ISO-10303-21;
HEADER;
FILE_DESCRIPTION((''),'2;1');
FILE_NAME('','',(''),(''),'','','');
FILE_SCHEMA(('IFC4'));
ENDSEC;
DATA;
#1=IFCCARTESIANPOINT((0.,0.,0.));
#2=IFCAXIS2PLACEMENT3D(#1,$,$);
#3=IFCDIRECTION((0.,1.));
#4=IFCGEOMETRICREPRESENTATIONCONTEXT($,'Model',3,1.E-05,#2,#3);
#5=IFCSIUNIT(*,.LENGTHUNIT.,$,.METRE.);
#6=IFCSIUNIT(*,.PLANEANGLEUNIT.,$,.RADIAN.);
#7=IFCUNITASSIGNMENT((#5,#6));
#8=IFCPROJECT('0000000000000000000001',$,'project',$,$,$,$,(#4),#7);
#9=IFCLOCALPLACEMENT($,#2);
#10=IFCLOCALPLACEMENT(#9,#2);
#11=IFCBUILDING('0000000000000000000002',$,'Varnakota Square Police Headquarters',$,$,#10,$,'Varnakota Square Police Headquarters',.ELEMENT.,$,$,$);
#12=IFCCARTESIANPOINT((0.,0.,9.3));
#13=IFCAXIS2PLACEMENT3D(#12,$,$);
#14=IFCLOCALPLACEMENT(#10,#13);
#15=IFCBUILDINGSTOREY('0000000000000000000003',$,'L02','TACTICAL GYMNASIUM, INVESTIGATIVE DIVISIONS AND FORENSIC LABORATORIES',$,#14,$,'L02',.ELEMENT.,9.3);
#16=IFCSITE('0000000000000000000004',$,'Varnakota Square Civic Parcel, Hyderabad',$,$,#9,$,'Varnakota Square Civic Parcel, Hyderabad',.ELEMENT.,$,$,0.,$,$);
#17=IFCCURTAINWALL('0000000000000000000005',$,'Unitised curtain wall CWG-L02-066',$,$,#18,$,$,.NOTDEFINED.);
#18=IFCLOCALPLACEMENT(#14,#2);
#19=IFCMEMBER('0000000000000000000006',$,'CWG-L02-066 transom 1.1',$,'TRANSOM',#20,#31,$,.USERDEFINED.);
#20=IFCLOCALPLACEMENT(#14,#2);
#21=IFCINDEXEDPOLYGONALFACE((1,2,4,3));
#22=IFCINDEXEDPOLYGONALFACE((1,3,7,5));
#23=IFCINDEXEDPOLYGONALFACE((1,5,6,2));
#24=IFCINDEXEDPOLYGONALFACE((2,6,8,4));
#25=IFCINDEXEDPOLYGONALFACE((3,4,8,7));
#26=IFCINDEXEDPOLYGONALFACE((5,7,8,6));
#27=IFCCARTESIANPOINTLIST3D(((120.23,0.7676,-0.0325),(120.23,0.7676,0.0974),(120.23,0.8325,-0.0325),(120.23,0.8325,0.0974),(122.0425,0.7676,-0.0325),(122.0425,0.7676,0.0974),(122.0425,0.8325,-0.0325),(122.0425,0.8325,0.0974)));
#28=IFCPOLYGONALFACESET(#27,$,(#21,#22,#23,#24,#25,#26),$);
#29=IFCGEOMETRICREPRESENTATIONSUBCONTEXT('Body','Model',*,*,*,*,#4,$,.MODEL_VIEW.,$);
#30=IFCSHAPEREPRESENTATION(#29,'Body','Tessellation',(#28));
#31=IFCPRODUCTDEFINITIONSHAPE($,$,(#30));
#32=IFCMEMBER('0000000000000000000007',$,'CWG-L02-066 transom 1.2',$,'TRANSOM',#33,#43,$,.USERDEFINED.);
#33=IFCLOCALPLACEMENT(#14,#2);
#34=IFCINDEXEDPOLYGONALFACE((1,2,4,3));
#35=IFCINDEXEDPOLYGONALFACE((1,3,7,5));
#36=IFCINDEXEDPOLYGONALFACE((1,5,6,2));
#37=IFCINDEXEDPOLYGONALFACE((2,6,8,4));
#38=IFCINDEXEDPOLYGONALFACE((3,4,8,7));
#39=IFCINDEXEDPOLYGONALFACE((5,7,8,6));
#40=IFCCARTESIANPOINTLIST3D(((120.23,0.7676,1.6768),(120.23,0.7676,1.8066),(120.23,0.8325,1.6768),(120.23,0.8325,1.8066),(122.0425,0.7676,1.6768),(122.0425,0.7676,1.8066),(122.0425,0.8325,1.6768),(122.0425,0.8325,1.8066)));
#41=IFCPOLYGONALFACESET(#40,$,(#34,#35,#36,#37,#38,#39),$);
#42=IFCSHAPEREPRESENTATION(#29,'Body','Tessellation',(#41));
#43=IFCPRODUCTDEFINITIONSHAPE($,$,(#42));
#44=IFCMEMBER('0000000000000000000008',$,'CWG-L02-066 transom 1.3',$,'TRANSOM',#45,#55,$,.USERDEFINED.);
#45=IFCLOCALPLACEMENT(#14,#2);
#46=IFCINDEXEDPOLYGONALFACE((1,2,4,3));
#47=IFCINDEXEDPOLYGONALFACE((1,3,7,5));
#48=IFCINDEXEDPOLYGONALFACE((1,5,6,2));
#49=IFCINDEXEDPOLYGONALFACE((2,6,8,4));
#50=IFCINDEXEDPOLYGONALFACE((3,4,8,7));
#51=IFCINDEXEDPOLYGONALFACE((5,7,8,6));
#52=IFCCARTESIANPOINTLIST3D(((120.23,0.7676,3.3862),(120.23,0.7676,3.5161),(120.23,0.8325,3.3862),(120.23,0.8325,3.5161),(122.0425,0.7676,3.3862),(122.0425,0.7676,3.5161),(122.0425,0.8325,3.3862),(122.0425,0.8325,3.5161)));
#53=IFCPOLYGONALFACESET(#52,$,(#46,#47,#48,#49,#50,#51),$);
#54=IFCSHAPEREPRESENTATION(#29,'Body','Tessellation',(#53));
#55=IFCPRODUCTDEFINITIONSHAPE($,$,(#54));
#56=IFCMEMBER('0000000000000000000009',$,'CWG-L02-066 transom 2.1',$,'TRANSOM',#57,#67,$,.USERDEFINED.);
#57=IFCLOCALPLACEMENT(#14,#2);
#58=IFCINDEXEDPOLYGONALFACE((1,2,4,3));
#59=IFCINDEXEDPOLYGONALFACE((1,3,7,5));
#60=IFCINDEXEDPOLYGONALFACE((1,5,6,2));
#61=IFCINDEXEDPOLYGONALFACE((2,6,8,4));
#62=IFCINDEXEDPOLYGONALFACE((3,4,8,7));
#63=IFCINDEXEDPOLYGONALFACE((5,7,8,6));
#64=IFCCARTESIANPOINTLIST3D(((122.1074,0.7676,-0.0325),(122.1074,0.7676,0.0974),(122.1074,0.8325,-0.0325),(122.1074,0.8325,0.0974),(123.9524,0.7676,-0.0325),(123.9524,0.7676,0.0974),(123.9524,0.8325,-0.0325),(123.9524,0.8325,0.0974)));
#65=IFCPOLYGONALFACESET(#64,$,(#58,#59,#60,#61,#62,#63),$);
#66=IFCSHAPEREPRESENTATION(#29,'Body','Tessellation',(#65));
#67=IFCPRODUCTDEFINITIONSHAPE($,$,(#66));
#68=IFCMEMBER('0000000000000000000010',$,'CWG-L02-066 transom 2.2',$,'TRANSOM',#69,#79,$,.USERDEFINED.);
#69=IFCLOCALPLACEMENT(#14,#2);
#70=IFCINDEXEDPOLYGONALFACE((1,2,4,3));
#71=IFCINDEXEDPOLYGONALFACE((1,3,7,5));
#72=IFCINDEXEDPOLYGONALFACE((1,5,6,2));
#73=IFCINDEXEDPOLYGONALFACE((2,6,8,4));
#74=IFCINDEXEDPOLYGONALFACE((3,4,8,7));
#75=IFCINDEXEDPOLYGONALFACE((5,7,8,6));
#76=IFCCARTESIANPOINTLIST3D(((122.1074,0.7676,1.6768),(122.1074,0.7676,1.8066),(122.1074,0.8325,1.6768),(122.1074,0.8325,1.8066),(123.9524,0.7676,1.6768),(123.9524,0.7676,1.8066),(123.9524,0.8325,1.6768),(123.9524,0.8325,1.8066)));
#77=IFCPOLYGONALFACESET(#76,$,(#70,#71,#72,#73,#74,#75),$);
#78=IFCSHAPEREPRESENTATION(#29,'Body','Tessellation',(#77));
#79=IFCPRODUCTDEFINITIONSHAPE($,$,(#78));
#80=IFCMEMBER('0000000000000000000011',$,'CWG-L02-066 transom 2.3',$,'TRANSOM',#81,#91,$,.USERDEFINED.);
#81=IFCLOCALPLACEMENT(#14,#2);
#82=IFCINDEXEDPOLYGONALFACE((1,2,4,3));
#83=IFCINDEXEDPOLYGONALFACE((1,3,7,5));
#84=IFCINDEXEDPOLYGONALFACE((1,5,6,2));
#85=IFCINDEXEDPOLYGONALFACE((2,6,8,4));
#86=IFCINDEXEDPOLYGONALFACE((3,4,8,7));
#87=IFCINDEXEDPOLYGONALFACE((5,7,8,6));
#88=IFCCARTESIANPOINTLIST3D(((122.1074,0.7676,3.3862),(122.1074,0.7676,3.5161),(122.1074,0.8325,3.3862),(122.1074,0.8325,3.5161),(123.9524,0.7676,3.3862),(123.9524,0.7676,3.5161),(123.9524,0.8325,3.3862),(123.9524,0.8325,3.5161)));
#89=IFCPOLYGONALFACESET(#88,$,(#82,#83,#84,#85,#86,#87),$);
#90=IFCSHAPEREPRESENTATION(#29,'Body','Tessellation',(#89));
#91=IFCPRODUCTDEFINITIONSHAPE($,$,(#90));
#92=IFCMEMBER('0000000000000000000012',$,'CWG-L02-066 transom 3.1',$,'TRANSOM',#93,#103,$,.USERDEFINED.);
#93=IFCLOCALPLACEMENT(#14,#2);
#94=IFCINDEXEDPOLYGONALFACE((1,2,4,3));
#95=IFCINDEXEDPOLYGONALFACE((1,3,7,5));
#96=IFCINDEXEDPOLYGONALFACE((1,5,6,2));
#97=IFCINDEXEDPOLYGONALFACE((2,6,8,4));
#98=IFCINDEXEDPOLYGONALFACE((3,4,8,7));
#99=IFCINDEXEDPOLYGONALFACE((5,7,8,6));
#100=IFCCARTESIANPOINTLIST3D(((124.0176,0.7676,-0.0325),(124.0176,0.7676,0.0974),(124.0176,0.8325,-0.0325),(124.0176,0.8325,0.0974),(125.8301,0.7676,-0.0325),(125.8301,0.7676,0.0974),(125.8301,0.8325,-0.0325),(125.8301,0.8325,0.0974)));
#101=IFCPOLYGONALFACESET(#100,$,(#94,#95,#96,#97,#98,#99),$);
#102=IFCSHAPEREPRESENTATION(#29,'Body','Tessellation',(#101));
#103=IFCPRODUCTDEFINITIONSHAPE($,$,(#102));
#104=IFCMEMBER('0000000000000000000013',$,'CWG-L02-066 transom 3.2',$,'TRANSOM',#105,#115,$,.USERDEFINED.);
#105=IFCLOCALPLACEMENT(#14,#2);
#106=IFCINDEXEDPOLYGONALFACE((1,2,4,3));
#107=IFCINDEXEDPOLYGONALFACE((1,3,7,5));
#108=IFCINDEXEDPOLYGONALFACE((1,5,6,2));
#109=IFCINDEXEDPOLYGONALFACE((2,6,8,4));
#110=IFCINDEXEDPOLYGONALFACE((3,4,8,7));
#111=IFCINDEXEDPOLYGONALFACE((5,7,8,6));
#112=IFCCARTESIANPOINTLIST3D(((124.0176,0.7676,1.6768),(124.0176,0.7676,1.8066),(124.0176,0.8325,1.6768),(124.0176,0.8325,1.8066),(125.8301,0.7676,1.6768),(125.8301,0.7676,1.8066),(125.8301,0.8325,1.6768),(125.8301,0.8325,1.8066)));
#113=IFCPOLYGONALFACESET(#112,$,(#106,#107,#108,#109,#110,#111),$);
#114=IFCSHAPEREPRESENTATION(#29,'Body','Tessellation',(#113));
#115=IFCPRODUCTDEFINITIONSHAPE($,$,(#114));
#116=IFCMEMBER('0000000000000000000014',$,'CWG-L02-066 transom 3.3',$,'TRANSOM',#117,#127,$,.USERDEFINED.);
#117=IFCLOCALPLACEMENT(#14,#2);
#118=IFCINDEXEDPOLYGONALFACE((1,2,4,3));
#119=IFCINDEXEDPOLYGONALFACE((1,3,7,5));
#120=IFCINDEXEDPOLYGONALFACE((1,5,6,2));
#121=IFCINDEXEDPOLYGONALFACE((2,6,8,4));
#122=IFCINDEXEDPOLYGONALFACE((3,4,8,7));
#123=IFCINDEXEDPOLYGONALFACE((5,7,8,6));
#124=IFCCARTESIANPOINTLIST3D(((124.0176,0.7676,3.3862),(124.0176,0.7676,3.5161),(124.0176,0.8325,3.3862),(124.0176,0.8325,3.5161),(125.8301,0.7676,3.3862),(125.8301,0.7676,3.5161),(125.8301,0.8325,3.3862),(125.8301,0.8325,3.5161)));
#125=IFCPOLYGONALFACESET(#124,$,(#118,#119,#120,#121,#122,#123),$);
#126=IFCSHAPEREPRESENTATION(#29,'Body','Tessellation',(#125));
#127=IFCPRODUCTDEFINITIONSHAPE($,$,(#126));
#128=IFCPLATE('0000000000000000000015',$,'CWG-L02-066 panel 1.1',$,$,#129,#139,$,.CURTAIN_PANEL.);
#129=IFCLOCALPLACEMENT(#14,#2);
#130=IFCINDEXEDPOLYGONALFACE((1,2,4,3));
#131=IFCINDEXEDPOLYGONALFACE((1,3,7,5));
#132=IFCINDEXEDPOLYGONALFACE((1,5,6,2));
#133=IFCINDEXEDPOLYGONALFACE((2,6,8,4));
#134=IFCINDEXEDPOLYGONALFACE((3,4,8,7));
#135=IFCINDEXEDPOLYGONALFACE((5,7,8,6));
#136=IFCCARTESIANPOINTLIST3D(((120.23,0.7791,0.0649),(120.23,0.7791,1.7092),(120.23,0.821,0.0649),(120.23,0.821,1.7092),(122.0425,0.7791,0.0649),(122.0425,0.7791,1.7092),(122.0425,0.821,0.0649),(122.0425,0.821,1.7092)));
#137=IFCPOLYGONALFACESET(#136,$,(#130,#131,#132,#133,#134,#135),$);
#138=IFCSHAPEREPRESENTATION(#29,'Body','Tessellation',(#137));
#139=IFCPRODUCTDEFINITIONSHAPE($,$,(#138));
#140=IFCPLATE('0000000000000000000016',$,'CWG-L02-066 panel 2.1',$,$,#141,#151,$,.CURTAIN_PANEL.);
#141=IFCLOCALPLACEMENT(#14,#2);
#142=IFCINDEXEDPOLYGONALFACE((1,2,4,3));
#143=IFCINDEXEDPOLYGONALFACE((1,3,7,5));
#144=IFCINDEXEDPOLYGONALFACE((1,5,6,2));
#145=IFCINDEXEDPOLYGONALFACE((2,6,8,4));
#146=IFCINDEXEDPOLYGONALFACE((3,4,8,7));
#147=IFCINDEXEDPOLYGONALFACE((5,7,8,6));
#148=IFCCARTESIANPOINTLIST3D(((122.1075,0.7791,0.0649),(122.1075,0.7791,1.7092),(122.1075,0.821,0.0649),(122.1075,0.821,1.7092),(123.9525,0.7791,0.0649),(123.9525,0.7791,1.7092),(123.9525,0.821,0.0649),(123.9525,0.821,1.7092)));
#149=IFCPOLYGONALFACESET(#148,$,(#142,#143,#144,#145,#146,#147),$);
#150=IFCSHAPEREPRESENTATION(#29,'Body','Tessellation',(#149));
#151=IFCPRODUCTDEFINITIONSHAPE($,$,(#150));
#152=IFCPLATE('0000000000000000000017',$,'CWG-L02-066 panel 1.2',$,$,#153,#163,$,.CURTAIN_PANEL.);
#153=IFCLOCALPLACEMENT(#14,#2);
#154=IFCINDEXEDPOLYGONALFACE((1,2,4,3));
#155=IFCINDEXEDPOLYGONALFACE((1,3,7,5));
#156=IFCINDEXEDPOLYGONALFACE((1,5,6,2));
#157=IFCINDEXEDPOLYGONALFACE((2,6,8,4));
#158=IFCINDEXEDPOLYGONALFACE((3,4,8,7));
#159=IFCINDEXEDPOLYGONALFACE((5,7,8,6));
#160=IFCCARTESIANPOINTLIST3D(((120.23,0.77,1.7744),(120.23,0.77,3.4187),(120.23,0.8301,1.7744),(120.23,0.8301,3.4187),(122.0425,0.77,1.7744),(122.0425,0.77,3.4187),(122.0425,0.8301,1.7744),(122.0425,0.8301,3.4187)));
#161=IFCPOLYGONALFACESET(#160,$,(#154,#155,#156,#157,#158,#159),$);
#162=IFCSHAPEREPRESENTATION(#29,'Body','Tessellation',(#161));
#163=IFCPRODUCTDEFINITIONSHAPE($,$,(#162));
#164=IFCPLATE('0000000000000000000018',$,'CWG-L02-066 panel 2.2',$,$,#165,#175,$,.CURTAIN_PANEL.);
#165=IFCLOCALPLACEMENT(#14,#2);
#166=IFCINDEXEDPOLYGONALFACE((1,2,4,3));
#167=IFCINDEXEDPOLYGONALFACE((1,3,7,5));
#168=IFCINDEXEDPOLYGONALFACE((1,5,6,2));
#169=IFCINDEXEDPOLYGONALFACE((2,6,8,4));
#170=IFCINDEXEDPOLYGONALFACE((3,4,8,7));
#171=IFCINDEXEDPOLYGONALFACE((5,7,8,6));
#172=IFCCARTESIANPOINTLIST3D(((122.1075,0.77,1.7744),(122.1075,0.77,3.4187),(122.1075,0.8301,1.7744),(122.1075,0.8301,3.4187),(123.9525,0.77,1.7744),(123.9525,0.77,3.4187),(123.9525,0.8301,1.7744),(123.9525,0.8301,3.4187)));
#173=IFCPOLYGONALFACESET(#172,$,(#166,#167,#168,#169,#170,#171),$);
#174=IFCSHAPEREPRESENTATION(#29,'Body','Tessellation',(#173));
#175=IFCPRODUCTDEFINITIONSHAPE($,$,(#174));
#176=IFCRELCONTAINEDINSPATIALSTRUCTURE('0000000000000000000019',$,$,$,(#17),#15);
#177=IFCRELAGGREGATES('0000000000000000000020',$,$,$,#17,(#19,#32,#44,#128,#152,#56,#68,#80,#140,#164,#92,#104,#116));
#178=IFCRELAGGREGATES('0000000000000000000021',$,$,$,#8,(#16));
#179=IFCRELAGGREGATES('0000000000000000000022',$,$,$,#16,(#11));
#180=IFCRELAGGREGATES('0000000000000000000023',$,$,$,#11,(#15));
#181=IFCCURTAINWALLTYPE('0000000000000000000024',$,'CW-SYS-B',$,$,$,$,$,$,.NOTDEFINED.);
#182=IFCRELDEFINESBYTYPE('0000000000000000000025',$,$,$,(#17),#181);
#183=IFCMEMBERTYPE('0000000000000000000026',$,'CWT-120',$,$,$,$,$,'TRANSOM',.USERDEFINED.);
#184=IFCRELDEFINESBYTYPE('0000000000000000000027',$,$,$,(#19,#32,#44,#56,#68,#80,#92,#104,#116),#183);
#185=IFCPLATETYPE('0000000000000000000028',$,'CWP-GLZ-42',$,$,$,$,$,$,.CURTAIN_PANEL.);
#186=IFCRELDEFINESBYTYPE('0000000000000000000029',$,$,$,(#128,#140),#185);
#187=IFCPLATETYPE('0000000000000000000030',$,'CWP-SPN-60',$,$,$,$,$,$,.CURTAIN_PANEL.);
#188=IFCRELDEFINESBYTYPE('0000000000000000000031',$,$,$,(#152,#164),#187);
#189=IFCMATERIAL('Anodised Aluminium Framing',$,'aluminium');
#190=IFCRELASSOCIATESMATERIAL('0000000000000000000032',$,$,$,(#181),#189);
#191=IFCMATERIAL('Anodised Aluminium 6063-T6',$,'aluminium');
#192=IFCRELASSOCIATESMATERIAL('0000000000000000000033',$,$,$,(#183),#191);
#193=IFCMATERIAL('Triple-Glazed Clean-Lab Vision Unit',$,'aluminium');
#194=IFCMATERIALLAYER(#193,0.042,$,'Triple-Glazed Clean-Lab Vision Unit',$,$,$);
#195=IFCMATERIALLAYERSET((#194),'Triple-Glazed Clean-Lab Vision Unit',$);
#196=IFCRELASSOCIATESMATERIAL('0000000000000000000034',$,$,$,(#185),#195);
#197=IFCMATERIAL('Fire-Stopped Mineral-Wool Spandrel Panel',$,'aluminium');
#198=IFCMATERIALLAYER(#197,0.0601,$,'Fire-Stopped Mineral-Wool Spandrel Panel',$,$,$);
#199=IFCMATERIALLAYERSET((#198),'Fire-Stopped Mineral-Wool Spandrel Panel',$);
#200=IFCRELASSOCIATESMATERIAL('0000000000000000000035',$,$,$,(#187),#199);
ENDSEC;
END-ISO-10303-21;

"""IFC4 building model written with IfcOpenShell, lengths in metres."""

from ifc_helpers import new_model, si_unit, direction, frame, origin, origin_2d, place, context, subcontext, project, spatial, rectangle, extrude, material, layer, layer_set, material_profile, profile_set, type_object, element, aggregate, save


model = new_model("IFC4")

# Units and contexts
model_context = context("Model", 3, precision=1e-05, world=origin(), true_north=direction((0.0, 1.0)))
body_context = subcontext(model_context, "Body", "Model", "MODEL_VIEW")
ifc_project = project(units=[si_unit("LENGTHUNIT", "METRE"), si_unit("PLANEANGLEUNIT", "RADIAN")], contexts=[model_context])

# Site, building, storey
site_placement = place(None, origin())
site = spatial("IfcSite", under=ifc_project, at=site_placement, Name="Varnakota Square Civic Parcel, Hyderabad", LongName="Varnakota Square Civic Parcel, Hyderabad", CompositionType="ELEMENT", RefElevation=0.0)
building_placement = place(site_placement, origin())
building = spatial("IfcBuilding", under=site, at=building_placement, Name="Varnakota Square Police Headquarters", LongName="Varnakota Square Police Headquarters", CompositionType="ELEMENT")
storey_placement = place(building_placement, frame((0.0, 0.0, 9.3)))
storey = spatial("IfcBuildingStorey", under=building, at=storey_placement, Name="L02", Description="TACTICAL GYMNASIUM, INVESTIGATIVE DIVISIONS AND FORENSIC LABORATORIES", LongName="L02", CompositionType="ELEMENT", Elevation=9.3)

# Curtain wall, members, plates
ifc_material_1 = material(Name="Anodised Aluminium Framing", Category="aluminium")
curtain_wall_type = type_object("IfcCurtainWallType", Name="CW-SYS-B", PredefinedType="NOTDEFINED", material=ifc_material_1)
curtain_wall_placement = place(storey_placement, origin())
curtain_wall = element("IfcCurtainWall", 1, at=curtain_wall_placement, inside=storey, type_object=curtain_wall_type, Name="Unitised curtain wall CWG-L02-066", PredefinedType="NOTDEFINED")
ifc_material_2 = material(Name="Anodised Aluminium 6063-T6", Category="aluminium")
ifc_material_profile_1 = material_profile(ifc_material_2, rectangle(XDim=0.0649, YDim=0.1299, at=origin_2d()), Name="ALU TRANSOM 65x130")
ifc_profile_set_1 = profile_set([ifc_material_profile_1], Name="Anodised Aluminium 6063-T6")
member_type_1 = type_object("IfcMemberType", Name="CWT-120", ElementType="TRANSOM", PredefinedType="USERDEFINED", material=ifc_profile_set_1)
member_1_placement = place(storey_placement, frame((120.23, 0.8, 0.0325), z_axis=(1.0, 0.0, 0.0), x_axis=(0.0, 1.0, 0.0)))
member_1 = element("IfcMember", 2, at=member_1_placement, type_object=member_type_1, Name="CWG-L02-066 transom 1.1", ObjectType="TRANSOM", PredefinedType="USERDEFINED", context=body_context, shape_type="SweptSolid", body=[
    extrude(rectangle(XDim=0.0649, YDim=0.1299, at=origin_2d()), origin(), (0.0, 0.0, 1.0), 1.8125),
])
member_2_placement = place(storey_placement, frame((120.23, 0.8, 1.7417), z_axis=(1.0, 0.0, 0.0), x_axis=(0.0, 1.0, 0.0)))
member_2 = element("IfcMember", 3, at=member_2_placement, type_object=member_type_1, Name="CWG-L02-066 transom 1.2", ObjectType="TRANSOM", PredefinedType="USERDEFINED", context=body_context, shape_type="SweptSolid", body=[
    extrude(rectangle(XDim=0.0649, YDim=0.1299, at=origin_2d()), origin(), (0.0, 0.0, 1.0), 1.8125),
])
member_3_placement = place(storey_placement, frame((120.23, 0.8, 3.4512), z_axis=(1.0, 0.0, 0.0), x_axis=(0.0, 1.0, 0.0)))
member_3 = element("IfcMember", 4, at=member_3_placement, type_object=member_type_1, Name="CWG-L02-066 transom 1.3", ObjectType="TRANSOM", PredefinedType="USERDEFINED", context=body_context, shape_type="SweptSolid", body=[
    extrude(rectangle(XDim=0.0649, YDim=0.1299, at=origin_2d()), origin(), (0.0, 0.0, 1.0), 1.8125),
])
member_4_placement = place(storey_placement, frame((122.1074, 0.8, 0.0325), z_axis=(1.0, 0.0, 0.0), x_axis=(0.0, 1.0, 0.0)))
member_4 = element("IfcMember", 5, at=member_4_placement, type_object=member_type_1, Name="CWG-L02-066 transom 2.1", ObjectType="TRANSOM", PredefinedType="USERDEFINED", context=body_context, shape_type="SweptSolid", body=[
    extrude(rectangle(XDim=0.0649, YDim=0.1299, at=origin_2d()), origin(), (0.0, 0.0, 1.0), 1.845),
])
member_5_placement = place(storey_placement, frame((122.1074, 0.8, 1.7417), z_axis=(1.0, 0.0, 0.0), x_axis=(0.0, 1.0, 0.0)))
member_5 = element("IfcMember", 6, at=member_5_placement, type_object=member_type_1, Name="CWG-L02-066 transom 2.2", ObjectType="TRANSOM", PredefinedType="USERDEFINED", context=body_context, shape_type="SweptSolid", body=[
    extrude(rectangle(XDim=0.0649, YDim=0.1299, at=origin_2d()), origin(), (0.0, 0.0, 1.0), 1.845),
])
member_6_placement = place(storey_placement, frame((122.1074, 0.8, 3.4512), z_axis=(1.0, 0.0, 0.0), x_axis=(0.0, 1.0, 0.0)))
member_6 = element("IfcMember", 7, at=member_6_placement, type_object=member_type_1, Name="CWG-L02-066 transom 2.3", ObjectType="TRANSOM", PredefinedType="USERDEFINED", context=body_context, shape_type="SweptSolid", body=[
    extrude(rectangle(XDim=0.0649, YDim=0.1299, at=origin_2d()), origin(), (0.0, 0.0, 1.0), 1.845),
])
member_7_placement = place(storey_placement, frame((124.0176, 0.8, 0.0325), z_axis=(1.0, 0.0, 0.0), x_axis=(0.0, 1.0, 0.0)))
member_7 = element("IfcMember", 8, at=member_7_placement, type_object=member_type_1, Name="CWG-L02-066 transom 3.1", ObjectType="TRANSOM", PredefinedType="USERDEFINED", context=body_context, shape_type="SweptSolid", body=[
    extrude(rectangle(XDim=0.0649, YDim=0.1299, at=origin_2d()), origin(), (0.0, 0.0, 1.0), 1.8125),
])
member_8_placement = place(storey_placement, frame((124.0176, 0.8, 1.7417), z_axis=(1.0, 0.0, 0.0), x_axis=(0.0, 1.0, 0.0)))
member_8 = element("IfcMember", 9, at=member_8_placement, type_object=member_type_1, Name="CWG-L02-066 transom 3.2", ObjectType="TRANSOM", PredefinedType="USERDEFINED", context=body_context, shape_type="SweptSolid", body=[
    extrude(rectangle(XDim=0.0649, YDim=0.1299, at=origin_2d()), origin(), (0.0, 0.0, 1.0), 1.8125),
])
member_9_placement = place(storey_placement, frame((124.0176, 0.8, 3.4512), z_axis=(1.0, 0.0, 0.0), x_axis=(0.0, 1.0, 0.0)))
member_9 = element("IfcMember", 10, at=member_9_placement, type_object=member_type_1, Name="CWG-L02-066 transom 3.3", ObjectType="TRANSOM", PredefinedType="USERDEFINED", context=body_context, shape_type="SweptSolid", body=[
    extrude(rectangle(XDim=0.0649, YDim=0.1299, at=origin_2d()), origin(), (0.0, 0.0, 1.0), 1.8125),
])
ifc_material_3 = material(Name="Triple-Glazed Clean-Lab Vision Unit", Category="aluminium")
ifc_layer_1 = layer(ifc_material_3, 0.042, Name="Triple-Glazed Clean-Lab Vision Unit")
ifc_layer_set_1 = layer_set([ifc_layer_1], Name="Triple-Glazed Clean-Lab Vision Unit")
plate_type_1 = type_object("IfcPlateType", Name="CWP-GLZ-42", PredefinedType="CURTAIN_PANEL", material=ifc_layer_set_1)
plate_1_placement = place(storey_placement, frame((121.1362, 0.8, 0.0649), z_axis=(0.0, 0.0, 1.0), x_axis=(1.0, 0.0, 0.0)))
plate_1 = element("IfcPlate", 11, at=plate_1_placement, type_object=plate_type_1, Name="CWG-L02-066 panel 1.1", PredefinedType="CURTAIN_PANEL", context=body_context, shape_type="SweptSolid", body=[
    extrude(rectangle(XDim=1.8125, YDim=0.042, at=origin_2d()), origin(), (0.0, 0.0, 1.0), 1.6443),
])
plate_2_placement = place(storey_placement, frame((123.03, 0.8, 0.0649), z_axis=(0.0, 0.0, 1.0), x_axis=(1.0, 0.0, 0.0)))
plate_2 = element("IfcPlate", 12, at=plate_2_placement, type_object=plate_type_1, Name="CWG-L02-066 panel 2.1", PredefinedType="CURTAIN_PANEL", context=body_context, shape_type="SweptSolid", body=[
    extrude(rectangle(XDim=1.845, YDim=0.042, at=origin_2d()), origin(), (0.0, 0.0, 1.0), 1.6443),
])
ifc_material_4 = material(Name="Fire-Stopped Mineral-Wool Spandrel Panel", Category="aluminium")
ifc_layer_2 = layer(ifc_material_4, 0.0601, Name="Fire-Stopped Mineral-Wool Spandrel Panel")
ifc_layer_set_2 = layer_set([ifc_layer_2], Name="Fire-Stopped Mineral-Wool Spandrel Panel")
plate_type_2 = type_object("IfcPlateType", Name="CWP-SPN-60", PredefinedType="CURTAIN_PANEL", material=ifc_layer_set_2)
plate_3_placement = place(storey_placement, frame((121.1362, 0.8, 1.7744), z_axis=(0.0, 0.0, 1.0), x_axis=(1.0, 0.0, 0.0)))
plate_3 = element("IfcPlate", 13, at=plate_3_placement, type_object=plate_type_2, Name="CWG-L02-066 panel 1.2", PredefinedType="CURTAIN_PANEL", context=body_context, shape_type="SweptSolid", body=[
    extrude(rectangle(XDim=1.8125, YDim=0.0601, at=origin_2d()), origin(), (0.0, 0.0, 1.0), 1.6443),
])
plate_4_placement = place(storey_placement, frame((123.03, 0.8, 1.7744), z_axis=(0.0, 0.0, 1.0), x_axis=(1.0, 0.0, 0.0)))
plate_4 = element("IfcPlate", 14, at=plate_4_placement, type_object=plate_type_2, Name="CWG-L02-066 panel 2.2", PredefinedType="CURTAIN_PANEL", context=body_context, shape_type="SweptSolid", body=[
    extrude(rectangle(XDim=1.845, YDim=0.0601, at=origin_2d()), origin(), (0.0, 0.0, 1.0), 1.6443),
])
aggregate(curtain_wall, [member_1, member_2, member_3, plate_1, plate_3, member_4, member_5, member_6, plate_2, plate_4, member_7, member_8, member_9])

save(model, "model.ifc")
